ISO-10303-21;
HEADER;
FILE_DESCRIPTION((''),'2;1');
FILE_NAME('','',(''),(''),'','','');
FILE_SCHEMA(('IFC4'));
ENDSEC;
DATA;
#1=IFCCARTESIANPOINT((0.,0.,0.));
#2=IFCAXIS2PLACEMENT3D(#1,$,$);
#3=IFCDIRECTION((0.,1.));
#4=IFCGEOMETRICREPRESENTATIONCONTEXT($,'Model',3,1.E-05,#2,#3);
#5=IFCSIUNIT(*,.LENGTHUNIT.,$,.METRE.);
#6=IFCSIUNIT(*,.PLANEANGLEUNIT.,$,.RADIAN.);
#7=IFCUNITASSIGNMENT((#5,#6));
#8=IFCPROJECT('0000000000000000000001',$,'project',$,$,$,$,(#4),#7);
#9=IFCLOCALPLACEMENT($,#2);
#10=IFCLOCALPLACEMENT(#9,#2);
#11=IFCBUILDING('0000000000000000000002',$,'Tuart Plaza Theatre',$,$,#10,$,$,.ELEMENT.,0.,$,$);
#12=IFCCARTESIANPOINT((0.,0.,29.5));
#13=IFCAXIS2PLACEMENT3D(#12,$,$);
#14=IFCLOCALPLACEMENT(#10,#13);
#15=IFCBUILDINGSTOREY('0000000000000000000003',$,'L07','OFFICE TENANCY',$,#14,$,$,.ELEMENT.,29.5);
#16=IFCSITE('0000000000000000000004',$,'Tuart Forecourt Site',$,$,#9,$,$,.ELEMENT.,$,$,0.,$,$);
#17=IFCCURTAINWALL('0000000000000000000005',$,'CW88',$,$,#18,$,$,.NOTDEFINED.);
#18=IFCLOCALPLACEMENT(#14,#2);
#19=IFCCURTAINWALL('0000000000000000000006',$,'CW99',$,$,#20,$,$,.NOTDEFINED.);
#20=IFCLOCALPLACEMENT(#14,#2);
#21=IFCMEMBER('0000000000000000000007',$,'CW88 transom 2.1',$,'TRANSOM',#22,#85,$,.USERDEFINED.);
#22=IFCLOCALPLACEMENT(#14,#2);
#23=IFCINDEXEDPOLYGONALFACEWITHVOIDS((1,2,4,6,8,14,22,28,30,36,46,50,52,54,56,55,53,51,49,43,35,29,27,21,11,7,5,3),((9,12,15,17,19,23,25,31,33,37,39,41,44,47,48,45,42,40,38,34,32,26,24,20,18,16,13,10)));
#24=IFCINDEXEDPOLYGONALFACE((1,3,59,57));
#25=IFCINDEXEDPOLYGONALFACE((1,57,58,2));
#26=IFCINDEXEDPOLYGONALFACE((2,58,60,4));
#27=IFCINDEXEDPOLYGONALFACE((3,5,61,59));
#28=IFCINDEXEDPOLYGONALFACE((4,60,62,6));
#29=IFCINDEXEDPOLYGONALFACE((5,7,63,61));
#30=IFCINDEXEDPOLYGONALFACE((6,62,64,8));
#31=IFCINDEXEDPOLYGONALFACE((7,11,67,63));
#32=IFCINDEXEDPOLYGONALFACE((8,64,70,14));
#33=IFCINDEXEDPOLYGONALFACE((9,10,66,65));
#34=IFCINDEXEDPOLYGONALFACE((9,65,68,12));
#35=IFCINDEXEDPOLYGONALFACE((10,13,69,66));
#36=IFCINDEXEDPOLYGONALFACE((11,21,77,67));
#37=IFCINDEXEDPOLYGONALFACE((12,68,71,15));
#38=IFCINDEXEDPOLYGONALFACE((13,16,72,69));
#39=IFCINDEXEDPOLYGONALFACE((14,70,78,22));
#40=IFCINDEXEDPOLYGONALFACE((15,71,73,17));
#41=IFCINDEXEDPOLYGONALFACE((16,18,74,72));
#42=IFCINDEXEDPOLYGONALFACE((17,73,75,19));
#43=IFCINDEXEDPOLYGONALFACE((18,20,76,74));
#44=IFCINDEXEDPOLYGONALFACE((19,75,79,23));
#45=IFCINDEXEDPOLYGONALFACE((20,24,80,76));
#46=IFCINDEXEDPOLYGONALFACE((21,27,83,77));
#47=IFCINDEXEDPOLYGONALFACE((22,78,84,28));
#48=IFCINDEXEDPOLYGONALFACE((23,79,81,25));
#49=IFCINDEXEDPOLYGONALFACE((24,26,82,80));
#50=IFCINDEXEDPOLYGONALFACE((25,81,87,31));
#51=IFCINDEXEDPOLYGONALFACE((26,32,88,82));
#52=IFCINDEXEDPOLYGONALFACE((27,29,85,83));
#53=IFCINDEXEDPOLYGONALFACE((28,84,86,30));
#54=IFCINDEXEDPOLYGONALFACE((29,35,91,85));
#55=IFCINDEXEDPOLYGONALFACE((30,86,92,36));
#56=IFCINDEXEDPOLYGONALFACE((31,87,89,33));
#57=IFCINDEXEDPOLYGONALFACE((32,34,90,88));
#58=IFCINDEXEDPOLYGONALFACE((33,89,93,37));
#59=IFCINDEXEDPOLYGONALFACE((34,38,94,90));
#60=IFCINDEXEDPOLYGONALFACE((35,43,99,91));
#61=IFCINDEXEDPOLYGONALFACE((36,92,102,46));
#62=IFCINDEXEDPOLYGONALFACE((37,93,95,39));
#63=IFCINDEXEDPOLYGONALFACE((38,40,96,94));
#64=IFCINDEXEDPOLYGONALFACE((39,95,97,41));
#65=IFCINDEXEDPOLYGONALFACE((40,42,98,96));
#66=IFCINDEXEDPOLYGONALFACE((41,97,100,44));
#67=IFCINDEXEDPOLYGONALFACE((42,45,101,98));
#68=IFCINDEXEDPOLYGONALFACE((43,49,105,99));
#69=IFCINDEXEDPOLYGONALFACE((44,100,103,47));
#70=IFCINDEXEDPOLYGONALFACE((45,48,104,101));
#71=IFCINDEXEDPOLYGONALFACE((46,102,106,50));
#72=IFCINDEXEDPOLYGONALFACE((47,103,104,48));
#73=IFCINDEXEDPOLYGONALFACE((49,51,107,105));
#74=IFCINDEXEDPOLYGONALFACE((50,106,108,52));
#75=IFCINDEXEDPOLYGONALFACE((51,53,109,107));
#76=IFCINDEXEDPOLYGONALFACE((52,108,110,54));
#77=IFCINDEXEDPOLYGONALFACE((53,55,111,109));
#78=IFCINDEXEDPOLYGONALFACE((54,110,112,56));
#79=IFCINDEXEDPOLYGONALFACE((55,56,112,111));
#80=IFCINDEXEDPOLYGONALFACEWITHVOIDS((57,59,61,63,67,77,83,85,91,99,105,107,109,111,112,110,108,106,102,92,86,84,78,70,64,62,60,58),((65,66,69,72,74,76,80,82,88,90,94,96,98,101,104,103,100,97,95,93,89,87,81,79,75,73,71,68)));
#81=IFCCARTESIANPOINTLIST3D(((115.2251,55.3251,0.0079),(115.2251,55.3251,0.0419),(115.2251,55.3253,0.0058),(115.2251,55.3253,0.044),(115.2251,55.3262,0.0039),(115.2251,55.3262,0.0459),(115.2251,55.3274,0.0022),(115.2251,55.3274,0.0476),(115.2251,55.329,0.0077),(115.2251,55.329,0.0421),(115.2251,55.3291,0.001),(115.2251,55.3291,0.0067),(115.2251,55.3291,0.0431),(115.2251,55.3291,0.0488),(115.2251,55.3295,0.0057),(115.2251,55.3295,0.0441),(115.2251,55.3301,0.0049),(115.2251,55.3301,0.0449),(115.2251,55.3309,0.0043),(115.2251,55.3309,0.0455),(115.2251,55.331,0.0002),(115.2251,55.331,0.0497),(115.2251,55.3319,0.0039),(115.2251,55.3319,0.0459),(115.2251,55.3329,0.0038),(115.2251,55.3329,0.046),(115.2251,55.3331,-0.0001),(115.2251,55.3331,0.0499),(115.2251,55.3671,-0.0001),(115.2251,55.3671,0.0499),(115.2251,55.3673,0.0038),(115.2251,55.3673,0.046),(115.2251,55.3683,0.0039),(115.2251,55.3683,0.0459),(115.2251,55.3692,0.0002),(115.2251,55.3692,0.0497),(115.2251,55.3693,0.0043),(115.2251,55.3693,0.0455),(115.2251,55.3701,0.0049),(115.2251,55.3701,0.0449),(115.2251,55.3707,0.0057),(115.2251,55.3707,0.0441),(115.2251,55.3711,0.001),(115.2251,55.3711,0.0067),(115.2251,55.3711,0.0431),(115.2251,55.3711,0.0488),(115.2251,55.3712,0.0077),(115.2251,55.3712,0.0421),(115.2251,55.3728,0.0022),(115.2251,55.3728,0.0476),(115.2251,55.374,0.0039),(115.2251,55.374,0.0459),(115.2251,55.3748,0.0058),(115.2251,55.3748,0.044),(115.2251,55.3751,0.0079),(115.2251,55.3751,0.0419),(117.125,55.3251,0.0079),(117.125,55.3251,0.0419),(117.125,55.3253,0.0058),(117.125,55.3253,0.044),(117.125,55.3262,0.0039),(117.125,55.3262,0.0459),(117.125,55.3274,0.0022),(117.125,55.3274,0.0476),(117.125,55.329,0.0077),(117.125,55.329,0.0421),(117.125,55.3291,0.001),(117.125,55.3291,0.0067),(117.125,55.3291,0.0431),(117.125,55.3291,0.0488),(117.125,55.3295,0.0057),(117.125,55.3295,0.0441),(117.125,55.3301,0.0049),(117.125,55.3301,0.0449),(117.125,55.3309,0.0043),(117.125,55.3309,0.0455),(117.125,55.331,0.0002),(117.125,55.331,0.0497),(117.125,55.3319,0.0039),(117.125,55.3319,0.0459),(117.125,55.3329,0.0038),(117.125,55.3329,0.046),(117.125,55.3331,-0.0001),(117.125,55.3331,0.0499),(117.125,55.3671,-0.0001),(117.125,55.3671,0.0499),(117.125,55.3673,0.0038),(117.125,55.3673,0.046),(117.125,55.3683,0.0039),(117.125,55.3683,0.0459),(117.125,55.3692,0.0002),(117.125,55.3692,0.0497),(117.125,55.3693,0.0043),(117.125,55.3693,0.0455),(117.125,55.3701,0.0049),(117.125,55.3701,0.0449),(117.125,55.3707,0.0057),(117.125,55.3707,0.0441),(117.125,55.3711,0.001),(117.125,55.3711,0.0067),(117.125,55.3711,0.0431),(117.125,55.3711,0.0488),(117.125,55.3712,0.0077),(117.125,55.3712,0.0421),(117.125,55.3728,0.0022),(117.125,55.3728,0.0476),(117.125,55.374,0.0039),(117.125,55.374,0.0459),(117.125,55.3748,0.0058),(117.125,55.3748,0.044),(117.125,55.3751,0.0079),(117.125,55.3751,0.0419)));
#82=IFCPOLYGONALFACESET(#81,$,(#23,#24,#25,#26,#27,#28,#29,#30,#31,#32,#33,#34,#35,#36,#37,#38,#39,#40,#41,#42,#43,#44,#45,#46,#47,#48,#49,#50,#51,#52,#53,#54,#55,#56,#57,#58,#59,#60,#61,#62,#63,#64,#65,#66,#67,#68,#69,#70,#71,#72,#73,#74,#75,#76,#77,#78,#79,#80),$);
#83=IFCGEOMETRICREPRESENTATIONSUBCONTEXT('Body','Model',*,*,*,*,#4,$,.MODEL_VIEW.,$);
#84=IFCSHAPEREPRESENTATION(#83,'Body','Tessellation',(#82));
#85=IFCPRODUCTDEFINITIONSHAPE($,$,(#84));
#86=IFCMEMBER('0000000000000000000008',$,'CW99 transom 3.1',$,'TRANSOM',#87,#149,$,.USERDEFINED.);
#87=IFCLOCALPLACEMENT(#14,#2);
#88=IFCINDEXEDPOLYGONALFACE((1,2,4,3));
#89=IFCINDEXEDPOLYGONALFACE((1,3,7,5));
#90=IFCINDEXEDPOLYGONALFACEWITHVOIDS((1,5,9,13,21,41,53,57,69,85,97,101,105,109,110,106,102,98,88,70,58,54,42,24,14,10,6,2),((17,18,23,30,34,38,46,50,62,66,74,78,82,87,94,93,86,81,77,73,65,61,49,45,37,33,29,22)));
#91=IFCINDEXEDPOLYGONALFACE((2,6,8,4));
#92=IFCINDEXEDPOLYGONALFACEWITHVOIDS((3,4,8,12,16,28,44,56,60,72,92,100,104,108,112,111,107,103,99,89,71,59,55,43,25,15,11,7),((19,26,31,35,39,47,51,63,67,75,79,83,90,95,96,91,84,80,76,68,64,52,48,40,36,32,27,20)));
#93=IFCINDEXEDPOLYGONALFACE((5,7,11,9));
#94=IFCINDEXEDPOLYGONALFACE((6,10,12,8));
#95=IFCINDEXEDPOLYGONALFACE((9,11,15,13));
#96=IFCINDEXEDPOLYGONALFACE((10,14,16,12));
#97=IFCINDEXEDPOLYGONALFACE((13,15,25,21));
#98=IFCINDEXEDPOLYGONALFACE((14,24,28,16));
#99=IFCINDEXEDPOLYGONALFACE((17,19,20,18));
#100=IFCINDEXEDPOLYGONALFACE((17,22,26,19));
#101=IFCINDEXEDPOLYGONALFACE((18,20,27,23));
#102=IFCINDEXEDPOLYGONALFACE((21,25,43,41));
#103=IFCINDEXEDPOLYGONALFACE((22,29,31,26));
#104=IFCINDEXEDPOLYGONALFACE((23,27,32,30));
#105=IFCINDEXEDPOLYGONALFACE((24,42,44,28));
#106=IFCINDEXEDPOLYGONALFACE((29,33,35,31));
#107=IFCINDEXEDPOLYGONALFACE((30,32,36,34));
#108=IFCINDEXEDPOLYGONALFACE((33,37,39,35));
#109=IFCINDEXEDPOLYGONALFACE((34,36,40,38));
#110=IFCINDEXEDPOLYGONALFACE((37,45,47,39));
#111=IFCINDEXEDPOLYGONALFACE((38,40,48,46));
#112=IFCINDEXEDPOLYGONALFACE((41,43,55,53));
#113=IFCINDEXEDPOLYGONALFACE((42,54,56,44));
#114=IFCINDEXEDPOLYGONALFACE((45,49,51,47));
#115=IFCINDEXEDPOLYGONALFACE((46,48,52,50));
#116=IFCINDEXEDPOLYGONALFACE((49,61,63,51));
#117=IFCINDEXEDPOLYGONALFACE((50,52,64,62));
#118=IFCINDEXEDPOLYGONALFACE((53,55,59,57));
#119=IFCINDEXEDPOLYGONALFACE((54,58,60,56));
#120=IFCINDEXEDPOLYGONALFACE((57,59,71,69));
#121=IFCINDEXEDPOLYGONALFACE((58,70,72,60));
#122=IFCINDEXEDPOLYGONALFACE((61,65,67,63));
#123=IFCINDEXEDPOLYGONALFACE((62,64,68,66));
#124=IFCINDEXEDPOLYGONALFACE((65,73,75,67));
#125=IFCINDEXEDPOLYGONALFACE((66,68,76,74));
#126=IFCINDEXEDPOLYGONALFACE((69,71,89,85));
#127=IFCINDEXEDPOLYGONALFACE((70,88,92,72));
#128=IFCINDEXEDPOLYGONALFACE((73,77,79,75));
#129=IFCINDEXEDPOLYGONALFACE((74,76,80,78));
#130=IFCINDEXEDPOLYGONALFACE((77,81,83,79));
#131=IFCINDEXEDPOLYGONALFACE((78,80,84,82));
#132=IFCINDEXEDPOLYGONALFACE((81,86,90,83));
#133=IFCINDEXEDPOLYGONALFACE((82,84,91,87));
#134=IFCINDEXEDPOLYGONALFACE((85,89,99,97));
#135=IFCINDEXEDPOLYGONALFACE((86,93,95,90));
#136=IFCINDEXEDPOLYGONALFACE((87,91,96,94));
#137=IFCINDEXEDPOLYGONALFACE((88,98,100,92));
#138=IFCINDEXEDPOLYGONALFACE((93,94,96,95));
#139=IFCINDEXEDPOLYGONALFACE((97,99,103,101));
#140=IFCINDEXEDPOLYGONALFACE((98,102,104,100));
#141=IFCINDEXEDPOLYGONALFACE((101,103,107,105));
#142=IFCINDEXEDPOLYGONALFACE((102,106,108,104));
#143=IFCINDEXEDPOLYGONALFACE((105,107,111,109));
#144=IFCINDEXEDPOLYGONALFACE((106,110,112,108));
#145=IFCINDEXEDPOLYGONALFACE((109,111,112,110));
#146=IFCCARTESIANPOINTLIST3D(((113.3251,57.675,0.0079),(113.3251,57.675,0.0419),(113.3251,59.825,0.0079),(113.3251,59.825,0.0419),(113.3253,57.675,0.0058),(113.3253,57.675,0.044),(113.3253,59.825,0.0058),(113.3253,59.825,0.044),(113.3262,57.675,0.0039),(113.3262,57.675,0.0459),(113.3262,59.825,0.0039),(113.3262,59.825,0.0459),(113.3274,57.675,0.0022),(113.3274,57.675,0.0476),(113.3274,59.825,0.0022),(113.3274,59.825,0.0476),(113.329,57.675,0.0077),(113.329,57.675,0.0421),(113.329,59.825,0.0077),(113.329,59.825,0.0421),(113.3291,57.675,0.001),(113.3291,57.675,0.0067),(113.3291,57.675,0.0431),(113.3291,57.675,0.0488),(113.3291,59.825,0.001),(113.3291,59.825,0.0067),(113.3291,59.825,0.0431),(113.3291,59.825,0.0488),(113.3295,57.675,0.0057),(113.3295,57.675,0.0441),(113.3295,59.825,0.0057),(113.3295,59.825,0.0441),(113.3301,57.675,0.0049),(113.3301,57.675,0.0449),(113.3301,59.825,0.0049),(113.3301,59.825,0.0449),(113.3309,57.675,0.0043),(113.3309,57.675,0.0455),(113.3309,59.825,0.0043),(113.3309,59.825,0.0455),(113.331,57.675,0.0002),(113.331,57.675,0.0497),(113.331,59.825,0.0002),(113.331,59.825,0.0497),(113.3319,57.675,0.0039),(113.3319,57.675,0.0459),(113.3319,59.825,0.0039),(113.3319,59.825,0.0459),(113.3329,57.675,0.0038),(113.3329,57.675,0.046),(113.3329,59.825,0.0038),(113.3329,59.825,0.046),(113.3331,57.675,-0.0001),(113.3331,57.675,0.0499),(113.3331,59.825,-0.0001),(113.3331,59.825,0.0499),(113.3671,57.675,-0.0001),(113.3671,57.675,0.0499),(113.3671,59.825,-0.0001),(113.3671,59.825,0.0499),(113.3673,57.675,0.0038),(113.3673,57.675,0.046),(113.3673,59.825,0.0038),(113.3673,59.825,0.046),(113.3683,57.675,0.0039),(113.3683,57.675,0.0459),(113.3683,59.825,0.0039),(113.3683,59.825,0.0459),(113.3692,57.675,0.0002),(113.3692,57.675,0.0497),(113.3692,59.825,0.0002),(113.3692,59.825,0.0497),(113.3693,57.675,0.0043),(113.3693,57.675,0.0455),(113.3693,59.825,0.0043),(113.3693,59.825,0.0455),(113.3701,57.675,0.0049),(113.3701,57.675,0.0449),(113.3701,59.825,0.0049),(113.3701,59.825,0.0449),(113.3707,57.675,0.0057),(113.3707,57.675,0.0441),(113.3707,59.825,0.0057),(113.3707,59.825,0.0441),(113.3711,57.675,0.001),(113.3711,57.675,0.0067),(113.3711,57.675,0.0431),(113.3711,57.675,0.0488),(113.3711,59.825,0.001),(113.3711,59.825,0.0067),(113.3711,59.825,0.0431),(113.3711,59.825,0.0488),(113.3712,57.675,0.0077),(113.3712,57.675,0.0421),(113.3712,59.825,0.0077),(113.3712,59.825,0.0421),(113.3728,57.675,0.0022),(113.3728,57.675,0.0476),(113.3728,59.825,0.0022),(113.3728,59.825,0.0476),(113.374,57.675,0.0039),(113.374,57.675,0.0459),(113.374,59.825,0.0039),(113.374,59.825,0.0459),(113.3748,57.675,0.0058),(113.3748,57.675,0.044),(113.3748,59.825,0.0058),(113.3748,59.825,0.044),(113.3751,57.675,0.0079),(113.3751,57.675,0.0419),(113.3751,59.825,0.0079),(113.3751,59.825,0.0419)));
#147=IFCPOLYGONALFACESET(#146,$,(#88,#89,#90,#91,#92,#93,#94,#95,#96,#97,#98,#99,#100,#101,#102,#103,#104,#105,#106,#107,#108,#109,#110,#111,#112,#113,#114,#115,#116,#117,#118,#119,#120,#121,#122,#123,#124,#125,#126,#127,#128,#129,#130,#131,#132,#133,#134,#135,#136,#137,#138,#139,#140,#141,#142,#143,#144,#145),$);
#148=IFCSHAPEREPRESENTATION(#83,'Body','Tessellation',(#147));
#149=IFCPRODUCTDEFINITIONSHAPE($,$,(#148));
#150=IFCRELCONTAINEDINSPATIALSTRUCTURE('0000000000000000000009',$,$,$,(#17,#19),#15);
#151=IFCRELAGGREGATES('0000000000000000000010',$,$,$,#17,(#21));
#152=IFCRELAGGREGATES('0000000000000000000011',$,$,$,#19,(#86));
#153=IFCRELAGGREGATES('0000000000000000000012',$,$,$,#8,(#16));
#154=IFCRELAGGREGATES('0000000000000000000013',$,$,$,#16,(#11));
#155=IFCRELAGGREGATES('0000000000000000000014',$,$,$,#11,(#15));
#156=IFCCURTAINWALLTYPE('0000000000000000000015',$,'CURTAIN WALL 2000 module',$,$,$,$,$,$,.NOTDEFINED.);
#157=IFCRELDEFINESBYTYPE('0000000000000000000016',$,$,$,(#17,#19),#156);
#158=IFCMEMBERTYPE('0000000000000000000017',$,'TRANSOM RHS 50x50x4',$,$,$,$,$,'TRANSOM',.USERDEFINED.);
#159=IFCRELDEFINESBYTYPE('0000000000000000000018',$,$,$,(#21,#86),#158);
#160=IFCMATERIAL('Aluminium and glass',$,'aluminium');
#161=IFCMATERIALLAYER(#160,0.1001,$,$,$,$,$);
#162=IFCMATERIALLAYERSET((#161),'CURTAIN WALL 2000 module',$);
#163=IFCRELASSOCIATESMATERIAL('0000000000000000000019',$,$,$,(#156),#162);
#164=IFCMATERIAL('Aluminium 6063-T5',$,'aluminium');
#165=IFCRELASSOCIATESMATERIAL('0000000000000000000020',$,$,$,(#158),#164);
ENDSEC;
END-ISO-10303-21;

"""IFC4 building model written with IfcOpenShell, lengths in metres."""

from ifc_helpers import new_model, si_unit, direction, frame, origin, origin_2d, place, context, subcontext, project, spatial, hollow_rectangle, extrude, material, layer, layer_set, material_profile, profile_set, type_object, element, aggregate, save


model = new_model("IFC4")

# Units and contexts
model_context = context("Model", 3, precision=1e-05, world=origin(), true_north=direction((0.0, 1.0)))
body_context = subcontext(model_context, "Body", "Model", "MODEL_VIEW")
ifc_project = project(units=[si_unit("LENGTHUNIT", "METRE"), si_unit("PLANEANGLEUNIT", "RADIAN")], contexts=[model_context])

# Site, building, storey
site_placement = place(None, origin())
site = spatial("IfcSite", under=ifc_project, at=site_placement, Name="Tuart Forecourt Site", CompositionType="ELEMENT", RefElevation=0.0)
building_placement = place(site_placement, origin())
building = spatial("IfcBuilding", under=site, at=building_placement, Name="Tuart Plaza Theatre", CompositionType="ELEMENT", ElevationOfRefHeight=0.0)
storey_placement = place(building_placement, frame((0.0, 0.0, 29.5)))
storey = spatial("IfcBuildingStorey", under=building, at=storey_placement, Name="L07", Description="OFFICE TENANCY", CompositionType="ELEMENT", Elevation=29.5)

# Curtain walls
ifc_material_1 = material(Name="Aluminium and glass", Category="aluminium")
ifc_layer_1 = layer(ifc_material_1, 0.1001)
ifc_layer_set_1 = layer_set([ifc_layer_1], Name="CURTAIN WALL 2000 module")
curtain_wall_type = type_object("IfcCurtainWallType", Name="CURTAIN WALL 2000 module", PredefinedType="NOTDEFINED", material=ifc_layer_set_1)
curtain_wall_1_placement = place(storey_placement, origin())
curtain_wall_1 = element("IfcCurtainWall", 1, at=curtain_wall_1_placement, inside=storey, type_object=curtain_wall_type, Name="CW88", PredefinedType="NOTDEFINED")
curtain_wall_2_placement = place(storey_placement, origin())
curtain_wall_2 = element("IfcCurtainWall", 2, at=curtain_wall_2_placement, inside=storey, type_object=curtain_wall_type, Name="CW99", PredefinedType="NOTDEFINED")

# Members
ifc_material_2 = material(Name="Aluminium 6063-T5", Category="aluminium")
ifc_material_profile_1 = material_profile(ifc_material_2, hollow_rectangle(XDim=0.05, YDim=0.05, WallThickness=0.0039, InnerFilletRadius=0.0039, OuterFilletRadius=0.0081, at=origin_2d()), Name="RHS 50x50x4")
ifc_profile_set_1 = profile_set([ifc_material_profile_1], Name="Aluminium 6063-T5")
member_type_1 = type_object("IfcMemberType", Name="TRANSOM RHS 50x50x4", ElementType="TRANSOM", PredefinedType="USERDEFINED", material=ifc_profile_set_1)
member_1_placement = place(storey_placement, frame((115.2251, 55.3501, 0.0249), z_axis=(1.0, 0.0, 0.0), x_axis=(0.0, 1.0, 0.0)))
member_1 = element("IfcMember", 3, at=member_1_placement, type_object=member_type_1, Name="CW88 transom 2.1", ObjectType="TRANSOM", PredefinedType="USERDEFINED", context=body_context, shape_type="SweptSolid", body=[
    extrude(hollow_rectangle(XDim=0.05, YDim=0.05, WallThickness=0.0039, InnerFilletRadius=0.0039, OuterFilletRadius=0.0081, at=origin_2d()), origin(), (0.0, 0.0, 1.0), 1.8999),
])
member_2_placement = place(storey_placement, frame((113.3501, 59.825, 0.0249), z_axis=(0.0, -1.0, 0.0), x_axis=(1.0, 0.0, 0.0)))
member_2 = element("IfcMember", 4, at=member_2_placement, type_object=member_type_1, Name="CW99 transom 3.1", ObjectType="TRANSOM", PredefinedType="USERDEFINED", context=body_context, shape_type="SweptSolid", body=[
    extrude(hollow_rectangle(XDim=0.05, YDim=0.05, WallThickness=0.0039, InnerFilletRadius=0.0039, OuterFilletRadius=0.0081, at=origin_2d()), origin(), (0.0, 0.0, 1.0), 2.1499),
])

aggregate(curtain_wall_1, [member_1])
aggregate(curtain_wall_2, [member_2])

save(model, "model.ifc")
